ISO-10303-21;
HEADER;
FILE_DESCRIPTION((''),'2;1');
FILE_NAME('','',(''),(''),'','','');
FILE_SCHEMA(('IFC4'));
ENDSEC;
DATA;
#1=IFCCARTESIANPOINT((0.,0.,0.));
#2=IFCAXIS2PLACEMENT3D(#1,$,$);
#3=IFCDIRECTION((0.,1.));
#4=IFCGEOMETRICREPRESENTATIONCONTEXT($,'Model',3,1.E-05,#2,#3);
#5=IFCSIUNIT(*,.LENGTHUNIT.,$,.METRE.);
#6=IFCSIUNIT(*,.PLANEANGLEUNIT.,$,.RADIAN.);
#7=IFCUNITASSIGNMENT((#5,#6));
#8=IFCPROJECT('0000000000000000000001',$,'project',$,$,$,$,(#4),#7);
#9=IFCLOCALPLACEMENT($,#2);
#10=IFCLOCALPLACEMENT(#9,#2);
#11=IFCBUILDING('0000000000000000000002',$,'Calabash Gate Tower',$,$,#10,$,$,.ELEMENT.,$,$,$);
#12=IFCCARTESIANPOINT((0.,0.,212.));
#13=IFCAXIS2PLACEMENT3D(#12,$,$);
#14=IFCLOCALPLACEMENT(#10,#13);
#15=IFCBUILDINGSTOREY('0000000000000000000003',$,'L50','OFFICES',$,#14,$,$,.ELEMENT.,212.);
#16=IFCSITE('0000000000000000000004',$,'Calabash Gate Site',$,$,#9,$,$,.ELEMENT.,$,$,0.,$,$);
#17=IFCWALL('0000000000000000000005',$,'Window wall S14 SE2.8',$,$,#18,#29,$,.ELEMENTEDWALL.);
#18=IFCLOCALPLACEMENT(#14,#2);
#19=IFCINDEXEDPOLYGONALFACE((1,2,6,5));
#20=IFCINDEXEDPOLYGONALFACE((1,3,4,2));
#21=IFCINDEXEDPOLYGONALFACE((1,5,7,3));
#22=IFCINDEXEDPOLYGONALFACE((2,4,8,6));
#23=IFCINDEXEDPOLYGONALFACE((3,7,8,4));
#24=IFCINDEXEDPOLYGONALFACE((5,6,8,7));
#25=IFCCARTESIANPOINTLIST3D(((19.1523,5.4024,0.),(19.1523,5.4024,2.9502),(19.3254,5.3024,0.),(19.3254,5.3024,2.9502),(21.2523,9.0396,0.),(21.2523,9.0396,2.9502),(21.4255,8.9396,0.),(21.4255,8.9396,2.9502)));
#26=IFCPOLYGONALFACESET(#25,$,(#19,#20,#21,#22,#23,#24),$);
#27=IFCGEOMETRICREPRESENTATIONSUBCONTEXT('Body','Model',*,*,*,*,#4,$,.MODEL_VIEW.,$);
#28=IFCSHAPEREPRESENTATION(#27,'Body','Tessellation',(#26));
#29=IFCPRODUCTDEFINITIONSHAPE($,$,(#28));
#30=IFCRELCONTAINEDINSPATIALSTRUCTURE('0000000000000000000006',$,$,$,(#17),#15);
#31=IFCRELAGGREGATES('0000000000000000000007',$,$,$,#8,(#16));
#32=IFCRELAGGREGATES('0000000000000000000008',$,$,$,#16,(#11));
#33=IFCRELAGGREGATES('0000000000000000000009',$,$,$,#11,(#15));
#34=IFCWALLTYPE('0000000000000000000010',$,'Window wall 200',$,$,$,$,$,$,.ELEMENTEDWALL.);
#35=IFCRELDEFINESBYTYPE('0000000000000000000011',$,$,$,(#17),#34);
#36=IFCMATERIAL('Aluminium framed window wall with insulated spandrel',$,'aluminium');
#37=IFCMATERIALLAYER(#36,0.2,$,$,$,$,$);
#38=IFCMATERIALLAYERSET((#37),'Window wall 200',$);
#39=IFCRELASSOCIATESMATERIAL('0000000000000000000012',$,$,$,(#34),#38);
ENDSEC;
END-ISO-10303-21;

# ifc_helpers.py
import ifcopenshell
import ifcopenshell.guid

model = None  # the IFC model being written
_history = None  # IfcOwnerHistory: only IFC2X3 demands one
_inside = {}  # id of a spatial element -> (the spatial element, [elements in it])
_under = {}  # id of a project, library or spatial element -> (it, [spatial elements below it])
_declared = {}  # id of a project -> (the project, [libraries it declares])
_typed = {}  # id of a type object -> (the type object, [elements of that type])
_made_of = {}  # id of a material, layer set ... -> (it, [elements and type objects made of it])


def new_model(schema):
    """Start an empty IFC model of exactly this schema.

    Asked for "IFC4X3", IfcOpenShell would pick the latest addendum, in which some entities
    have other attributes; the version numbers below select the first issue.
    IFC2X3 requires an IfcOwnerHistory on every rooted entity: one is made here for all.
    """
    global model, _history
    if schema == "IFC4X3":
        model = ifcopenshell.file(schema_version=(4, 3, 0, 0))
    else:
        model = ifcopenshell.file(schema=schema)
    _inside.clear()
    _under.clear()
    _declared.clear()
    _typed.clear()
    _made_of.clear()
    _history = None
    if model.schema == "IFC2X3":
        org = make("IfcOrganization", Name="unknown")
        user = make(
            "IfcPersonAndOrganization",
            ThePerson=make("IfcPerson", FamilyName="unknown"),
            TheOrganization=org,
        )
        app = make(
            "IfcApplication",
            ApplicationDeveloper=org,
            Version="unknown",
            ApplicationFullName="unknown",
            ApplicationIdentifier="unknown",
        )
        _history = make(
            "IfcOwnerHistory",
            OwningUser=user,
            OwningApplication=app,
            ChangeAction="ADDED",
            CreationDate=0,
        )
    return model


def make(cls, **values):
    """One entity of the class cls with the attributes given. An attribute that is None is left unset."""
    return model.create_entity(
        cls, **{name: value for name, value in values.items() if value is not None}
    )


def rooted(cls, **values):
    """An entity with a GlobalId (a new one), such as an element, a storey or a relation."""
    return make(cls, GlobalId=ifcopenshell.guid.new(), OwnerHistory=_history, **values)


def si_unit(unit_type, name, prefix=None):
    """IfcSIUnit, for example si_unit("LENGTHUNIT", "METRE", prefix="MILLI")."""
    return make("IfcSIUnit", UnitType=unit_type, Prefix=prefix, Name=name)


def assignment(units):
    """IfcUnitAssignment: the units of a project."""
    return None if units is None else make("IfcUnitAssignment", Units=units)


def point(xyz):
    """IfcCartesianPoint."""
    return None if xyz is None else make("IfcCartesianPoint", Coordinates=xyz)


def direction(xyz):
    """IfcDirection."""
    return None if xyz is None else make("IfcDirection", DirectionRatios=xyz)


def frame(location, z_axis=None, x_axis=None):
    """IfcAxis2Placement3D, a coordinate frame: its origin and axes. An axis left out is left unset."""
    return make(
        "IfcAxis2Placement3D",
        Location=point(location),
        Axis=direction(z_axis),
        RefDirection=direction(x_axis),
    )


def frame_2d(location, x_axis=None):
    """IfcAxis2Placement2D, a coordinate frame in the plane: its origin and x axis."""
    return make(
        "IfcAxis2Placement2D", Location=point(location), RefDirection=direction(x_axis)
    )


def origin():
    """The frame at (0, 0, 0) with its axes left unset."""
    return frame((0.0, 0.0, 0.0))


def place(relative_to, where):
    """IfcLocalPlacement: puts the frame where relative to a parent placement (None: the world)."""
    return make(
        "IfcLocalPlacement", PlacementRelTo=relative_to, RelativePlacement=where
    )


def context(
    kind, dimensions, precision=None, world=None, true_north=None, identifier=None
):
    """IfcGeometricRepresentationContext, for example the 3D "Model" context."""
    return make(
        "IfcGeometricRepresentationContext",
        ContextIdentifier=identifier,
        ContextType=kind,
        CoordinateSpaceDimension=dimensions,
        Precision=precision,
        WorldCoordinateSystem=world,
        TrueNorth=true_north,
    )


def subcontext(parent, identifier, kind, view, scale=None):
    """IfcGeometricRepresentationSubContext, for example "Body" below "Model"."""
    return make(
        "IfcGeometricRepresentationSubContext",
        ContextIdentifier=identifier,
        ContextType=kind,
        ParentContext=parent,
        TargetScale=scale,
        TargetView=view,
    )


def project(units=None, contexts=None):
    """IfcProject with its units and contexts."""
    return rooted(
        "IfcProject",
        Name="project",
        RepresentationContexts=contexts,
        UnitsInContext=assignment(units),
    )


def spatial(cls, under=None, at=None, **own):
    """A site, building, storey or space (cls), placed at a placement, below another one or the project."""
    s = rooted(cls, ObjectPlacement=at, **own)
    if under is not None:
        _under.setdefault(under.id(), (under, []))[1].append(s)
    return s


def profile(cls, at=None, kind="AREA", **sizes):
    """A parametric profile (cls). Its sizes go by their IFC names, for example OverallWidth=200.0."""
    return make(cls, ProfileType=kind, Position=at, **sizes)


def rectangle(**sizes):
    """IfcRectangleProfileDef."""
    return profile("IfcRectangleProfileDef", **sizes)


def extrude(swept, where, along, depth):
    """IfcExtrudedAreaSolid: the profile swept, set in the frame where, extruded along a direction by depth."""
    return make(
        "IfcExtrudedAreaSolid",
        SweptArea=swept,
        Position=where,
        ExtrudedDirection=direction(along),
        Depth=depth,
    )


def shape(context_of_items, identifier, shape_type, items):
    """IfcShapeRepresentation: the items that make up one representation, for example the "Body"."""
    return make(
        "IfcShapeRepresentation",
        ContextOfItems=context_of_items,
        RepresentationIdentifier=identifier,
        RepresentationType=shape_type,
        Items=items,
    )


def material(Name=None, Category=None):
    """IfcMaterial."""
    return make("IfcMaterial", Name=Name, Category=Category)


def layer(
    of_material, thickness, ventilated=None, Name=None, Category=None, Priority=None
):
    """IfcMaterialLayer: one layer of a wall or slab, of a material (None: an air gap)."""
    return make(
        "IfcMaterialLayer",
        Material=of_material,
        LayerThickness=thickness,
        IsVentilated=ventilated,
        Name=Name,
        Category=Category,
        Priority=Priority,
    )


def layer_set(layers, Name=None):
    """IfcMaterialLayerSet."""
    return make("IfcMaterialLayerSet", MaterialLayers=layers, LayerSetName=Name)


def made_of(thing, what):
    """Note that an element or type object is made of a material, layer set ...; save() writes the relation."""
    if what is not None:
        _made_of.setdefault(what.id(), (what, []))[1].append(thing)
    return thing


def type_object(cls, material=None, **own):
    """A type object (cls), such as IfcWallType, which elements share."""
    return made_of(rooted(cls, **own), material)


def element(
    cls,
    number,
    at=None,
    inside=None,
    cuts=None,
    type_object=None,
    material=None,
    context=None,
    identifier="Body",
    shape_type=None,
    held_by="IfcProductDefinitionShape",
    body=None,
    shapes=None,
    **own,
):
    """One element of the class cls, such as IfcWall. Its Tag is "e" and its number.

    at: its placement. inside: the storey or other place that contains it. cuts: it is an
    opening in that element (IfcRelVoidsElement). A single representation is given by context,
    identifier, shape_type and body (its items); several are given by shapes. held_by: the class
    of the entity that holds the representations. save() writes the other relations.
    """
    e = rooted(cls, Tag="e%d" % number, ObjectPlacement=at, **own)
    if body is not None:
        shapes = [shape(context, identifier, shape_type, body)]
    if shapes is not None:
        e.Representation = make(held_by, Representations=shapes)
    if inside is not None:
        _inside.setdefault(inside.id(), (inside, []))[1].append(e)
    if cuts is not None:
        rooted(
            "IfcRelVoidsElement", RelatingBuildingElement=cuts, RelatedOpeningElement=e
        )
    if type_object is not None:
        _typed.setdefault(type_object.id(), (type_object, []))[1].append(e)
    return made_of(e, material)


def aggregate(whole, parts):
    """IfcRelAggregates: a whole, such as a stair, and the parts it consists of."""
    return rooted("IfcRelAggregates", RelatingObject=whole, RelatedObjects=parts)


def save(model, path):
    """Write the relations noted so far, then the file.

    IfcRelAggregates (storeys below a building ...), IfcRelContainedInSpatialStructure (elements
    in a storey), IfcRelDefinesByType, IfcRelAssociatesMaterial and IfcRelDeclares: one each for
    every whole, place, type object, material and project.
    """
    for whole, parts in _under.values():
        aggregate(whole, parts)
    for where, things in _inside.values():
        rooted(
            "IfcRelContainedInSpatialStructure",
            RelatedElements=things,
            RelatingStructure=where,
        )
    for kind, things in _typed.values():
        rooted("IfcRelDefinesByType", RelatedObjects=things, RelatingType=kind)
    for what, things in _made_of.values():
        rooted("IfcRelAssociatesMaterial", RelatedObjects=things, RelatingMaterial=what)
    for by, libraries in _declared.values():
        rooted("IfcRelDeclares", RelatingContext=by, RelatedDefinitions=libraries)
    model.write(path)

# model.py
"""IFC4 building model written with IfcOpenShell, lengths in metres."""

from ifc_helpers import new_model, si_unit, direction, frame, frame_2d, origin, place, context, subcontext, project, spatial, rectangle, extrude, material, layer, layer_set, type_object, element, save


model = new_model("IFC4")

# Units and contexts
model_context = context("Model", 3, precision=1e-05, world=origin(), true_north=direction((0.0, 1.0)))
body_context = subcontext(model_context, "Body", "Model", "MODEL_VIEW")
ifc_project = project(units=[si_unit("LENGTHUNIT", "METRE"), si_unit("PLANEANGLEUNIT", "RADIAN")], contexts=[model_context])

# Site, building, storey
site_placement = place(None, origin())
site = spatial("IfcSite", under=ifc_project, at=site_placement, Name="Calabash Gate Site", CompositionType="ELEMENT", RefElevation=0.0)
building_placement = place(site_placement, origin())
building = spatial("IfcBuilding", under=site, at=building_placement, Name="Calabash Gate Tower", CompositionType="ELEMENT")
storey_placement = place(building_placement, frame((0.0, 0.0, 212.0)))
storey = spatial("IfcBuildingStorey", under=building, at=storey_placement, Name="L50", Description="OFFICES", CompositionType="ELEMENT", Elevation=212.0)

# Wall
ifc_material_1 = material(Name="Aluminium framed window wall with insulated spandrel", Category="aluminium")
ifc_layer_1 = layer(ifc_material_1, 0.2)
ifc_layer_set_1 = layer_set([ifc_layer_1], Name="Window wall 200")
wall_type_1 = type_object("IfcWallType", Name="Window wall 200", PredefinedType="ELEMENTEDWALL", material=ifc_layer_set_1)
wall_1_placement = place(storey_placement, frame((19.2388, 5.3523, 0.0), z_axis=(0.0, 0.0, 1.0), x_axis=(0.500028, 0.866009, 0.0)))
element("IfcWall", 1, at=wall_1_placement, inside=storey, type_object=wall_type_1, Name="Window wall S14 SE2.8", PredefinedType="ELEMENTEDWALL", context=body_context, shape_type="SweptSolid", body=[
    extrude(rectangle(XDim=4.2, YDim=0.2, at=frame_2d((2.1001, 0.0))), origin(), (0.0, 0.0, 1.0), 2.9502),
])

save(model, "model.ifc")
